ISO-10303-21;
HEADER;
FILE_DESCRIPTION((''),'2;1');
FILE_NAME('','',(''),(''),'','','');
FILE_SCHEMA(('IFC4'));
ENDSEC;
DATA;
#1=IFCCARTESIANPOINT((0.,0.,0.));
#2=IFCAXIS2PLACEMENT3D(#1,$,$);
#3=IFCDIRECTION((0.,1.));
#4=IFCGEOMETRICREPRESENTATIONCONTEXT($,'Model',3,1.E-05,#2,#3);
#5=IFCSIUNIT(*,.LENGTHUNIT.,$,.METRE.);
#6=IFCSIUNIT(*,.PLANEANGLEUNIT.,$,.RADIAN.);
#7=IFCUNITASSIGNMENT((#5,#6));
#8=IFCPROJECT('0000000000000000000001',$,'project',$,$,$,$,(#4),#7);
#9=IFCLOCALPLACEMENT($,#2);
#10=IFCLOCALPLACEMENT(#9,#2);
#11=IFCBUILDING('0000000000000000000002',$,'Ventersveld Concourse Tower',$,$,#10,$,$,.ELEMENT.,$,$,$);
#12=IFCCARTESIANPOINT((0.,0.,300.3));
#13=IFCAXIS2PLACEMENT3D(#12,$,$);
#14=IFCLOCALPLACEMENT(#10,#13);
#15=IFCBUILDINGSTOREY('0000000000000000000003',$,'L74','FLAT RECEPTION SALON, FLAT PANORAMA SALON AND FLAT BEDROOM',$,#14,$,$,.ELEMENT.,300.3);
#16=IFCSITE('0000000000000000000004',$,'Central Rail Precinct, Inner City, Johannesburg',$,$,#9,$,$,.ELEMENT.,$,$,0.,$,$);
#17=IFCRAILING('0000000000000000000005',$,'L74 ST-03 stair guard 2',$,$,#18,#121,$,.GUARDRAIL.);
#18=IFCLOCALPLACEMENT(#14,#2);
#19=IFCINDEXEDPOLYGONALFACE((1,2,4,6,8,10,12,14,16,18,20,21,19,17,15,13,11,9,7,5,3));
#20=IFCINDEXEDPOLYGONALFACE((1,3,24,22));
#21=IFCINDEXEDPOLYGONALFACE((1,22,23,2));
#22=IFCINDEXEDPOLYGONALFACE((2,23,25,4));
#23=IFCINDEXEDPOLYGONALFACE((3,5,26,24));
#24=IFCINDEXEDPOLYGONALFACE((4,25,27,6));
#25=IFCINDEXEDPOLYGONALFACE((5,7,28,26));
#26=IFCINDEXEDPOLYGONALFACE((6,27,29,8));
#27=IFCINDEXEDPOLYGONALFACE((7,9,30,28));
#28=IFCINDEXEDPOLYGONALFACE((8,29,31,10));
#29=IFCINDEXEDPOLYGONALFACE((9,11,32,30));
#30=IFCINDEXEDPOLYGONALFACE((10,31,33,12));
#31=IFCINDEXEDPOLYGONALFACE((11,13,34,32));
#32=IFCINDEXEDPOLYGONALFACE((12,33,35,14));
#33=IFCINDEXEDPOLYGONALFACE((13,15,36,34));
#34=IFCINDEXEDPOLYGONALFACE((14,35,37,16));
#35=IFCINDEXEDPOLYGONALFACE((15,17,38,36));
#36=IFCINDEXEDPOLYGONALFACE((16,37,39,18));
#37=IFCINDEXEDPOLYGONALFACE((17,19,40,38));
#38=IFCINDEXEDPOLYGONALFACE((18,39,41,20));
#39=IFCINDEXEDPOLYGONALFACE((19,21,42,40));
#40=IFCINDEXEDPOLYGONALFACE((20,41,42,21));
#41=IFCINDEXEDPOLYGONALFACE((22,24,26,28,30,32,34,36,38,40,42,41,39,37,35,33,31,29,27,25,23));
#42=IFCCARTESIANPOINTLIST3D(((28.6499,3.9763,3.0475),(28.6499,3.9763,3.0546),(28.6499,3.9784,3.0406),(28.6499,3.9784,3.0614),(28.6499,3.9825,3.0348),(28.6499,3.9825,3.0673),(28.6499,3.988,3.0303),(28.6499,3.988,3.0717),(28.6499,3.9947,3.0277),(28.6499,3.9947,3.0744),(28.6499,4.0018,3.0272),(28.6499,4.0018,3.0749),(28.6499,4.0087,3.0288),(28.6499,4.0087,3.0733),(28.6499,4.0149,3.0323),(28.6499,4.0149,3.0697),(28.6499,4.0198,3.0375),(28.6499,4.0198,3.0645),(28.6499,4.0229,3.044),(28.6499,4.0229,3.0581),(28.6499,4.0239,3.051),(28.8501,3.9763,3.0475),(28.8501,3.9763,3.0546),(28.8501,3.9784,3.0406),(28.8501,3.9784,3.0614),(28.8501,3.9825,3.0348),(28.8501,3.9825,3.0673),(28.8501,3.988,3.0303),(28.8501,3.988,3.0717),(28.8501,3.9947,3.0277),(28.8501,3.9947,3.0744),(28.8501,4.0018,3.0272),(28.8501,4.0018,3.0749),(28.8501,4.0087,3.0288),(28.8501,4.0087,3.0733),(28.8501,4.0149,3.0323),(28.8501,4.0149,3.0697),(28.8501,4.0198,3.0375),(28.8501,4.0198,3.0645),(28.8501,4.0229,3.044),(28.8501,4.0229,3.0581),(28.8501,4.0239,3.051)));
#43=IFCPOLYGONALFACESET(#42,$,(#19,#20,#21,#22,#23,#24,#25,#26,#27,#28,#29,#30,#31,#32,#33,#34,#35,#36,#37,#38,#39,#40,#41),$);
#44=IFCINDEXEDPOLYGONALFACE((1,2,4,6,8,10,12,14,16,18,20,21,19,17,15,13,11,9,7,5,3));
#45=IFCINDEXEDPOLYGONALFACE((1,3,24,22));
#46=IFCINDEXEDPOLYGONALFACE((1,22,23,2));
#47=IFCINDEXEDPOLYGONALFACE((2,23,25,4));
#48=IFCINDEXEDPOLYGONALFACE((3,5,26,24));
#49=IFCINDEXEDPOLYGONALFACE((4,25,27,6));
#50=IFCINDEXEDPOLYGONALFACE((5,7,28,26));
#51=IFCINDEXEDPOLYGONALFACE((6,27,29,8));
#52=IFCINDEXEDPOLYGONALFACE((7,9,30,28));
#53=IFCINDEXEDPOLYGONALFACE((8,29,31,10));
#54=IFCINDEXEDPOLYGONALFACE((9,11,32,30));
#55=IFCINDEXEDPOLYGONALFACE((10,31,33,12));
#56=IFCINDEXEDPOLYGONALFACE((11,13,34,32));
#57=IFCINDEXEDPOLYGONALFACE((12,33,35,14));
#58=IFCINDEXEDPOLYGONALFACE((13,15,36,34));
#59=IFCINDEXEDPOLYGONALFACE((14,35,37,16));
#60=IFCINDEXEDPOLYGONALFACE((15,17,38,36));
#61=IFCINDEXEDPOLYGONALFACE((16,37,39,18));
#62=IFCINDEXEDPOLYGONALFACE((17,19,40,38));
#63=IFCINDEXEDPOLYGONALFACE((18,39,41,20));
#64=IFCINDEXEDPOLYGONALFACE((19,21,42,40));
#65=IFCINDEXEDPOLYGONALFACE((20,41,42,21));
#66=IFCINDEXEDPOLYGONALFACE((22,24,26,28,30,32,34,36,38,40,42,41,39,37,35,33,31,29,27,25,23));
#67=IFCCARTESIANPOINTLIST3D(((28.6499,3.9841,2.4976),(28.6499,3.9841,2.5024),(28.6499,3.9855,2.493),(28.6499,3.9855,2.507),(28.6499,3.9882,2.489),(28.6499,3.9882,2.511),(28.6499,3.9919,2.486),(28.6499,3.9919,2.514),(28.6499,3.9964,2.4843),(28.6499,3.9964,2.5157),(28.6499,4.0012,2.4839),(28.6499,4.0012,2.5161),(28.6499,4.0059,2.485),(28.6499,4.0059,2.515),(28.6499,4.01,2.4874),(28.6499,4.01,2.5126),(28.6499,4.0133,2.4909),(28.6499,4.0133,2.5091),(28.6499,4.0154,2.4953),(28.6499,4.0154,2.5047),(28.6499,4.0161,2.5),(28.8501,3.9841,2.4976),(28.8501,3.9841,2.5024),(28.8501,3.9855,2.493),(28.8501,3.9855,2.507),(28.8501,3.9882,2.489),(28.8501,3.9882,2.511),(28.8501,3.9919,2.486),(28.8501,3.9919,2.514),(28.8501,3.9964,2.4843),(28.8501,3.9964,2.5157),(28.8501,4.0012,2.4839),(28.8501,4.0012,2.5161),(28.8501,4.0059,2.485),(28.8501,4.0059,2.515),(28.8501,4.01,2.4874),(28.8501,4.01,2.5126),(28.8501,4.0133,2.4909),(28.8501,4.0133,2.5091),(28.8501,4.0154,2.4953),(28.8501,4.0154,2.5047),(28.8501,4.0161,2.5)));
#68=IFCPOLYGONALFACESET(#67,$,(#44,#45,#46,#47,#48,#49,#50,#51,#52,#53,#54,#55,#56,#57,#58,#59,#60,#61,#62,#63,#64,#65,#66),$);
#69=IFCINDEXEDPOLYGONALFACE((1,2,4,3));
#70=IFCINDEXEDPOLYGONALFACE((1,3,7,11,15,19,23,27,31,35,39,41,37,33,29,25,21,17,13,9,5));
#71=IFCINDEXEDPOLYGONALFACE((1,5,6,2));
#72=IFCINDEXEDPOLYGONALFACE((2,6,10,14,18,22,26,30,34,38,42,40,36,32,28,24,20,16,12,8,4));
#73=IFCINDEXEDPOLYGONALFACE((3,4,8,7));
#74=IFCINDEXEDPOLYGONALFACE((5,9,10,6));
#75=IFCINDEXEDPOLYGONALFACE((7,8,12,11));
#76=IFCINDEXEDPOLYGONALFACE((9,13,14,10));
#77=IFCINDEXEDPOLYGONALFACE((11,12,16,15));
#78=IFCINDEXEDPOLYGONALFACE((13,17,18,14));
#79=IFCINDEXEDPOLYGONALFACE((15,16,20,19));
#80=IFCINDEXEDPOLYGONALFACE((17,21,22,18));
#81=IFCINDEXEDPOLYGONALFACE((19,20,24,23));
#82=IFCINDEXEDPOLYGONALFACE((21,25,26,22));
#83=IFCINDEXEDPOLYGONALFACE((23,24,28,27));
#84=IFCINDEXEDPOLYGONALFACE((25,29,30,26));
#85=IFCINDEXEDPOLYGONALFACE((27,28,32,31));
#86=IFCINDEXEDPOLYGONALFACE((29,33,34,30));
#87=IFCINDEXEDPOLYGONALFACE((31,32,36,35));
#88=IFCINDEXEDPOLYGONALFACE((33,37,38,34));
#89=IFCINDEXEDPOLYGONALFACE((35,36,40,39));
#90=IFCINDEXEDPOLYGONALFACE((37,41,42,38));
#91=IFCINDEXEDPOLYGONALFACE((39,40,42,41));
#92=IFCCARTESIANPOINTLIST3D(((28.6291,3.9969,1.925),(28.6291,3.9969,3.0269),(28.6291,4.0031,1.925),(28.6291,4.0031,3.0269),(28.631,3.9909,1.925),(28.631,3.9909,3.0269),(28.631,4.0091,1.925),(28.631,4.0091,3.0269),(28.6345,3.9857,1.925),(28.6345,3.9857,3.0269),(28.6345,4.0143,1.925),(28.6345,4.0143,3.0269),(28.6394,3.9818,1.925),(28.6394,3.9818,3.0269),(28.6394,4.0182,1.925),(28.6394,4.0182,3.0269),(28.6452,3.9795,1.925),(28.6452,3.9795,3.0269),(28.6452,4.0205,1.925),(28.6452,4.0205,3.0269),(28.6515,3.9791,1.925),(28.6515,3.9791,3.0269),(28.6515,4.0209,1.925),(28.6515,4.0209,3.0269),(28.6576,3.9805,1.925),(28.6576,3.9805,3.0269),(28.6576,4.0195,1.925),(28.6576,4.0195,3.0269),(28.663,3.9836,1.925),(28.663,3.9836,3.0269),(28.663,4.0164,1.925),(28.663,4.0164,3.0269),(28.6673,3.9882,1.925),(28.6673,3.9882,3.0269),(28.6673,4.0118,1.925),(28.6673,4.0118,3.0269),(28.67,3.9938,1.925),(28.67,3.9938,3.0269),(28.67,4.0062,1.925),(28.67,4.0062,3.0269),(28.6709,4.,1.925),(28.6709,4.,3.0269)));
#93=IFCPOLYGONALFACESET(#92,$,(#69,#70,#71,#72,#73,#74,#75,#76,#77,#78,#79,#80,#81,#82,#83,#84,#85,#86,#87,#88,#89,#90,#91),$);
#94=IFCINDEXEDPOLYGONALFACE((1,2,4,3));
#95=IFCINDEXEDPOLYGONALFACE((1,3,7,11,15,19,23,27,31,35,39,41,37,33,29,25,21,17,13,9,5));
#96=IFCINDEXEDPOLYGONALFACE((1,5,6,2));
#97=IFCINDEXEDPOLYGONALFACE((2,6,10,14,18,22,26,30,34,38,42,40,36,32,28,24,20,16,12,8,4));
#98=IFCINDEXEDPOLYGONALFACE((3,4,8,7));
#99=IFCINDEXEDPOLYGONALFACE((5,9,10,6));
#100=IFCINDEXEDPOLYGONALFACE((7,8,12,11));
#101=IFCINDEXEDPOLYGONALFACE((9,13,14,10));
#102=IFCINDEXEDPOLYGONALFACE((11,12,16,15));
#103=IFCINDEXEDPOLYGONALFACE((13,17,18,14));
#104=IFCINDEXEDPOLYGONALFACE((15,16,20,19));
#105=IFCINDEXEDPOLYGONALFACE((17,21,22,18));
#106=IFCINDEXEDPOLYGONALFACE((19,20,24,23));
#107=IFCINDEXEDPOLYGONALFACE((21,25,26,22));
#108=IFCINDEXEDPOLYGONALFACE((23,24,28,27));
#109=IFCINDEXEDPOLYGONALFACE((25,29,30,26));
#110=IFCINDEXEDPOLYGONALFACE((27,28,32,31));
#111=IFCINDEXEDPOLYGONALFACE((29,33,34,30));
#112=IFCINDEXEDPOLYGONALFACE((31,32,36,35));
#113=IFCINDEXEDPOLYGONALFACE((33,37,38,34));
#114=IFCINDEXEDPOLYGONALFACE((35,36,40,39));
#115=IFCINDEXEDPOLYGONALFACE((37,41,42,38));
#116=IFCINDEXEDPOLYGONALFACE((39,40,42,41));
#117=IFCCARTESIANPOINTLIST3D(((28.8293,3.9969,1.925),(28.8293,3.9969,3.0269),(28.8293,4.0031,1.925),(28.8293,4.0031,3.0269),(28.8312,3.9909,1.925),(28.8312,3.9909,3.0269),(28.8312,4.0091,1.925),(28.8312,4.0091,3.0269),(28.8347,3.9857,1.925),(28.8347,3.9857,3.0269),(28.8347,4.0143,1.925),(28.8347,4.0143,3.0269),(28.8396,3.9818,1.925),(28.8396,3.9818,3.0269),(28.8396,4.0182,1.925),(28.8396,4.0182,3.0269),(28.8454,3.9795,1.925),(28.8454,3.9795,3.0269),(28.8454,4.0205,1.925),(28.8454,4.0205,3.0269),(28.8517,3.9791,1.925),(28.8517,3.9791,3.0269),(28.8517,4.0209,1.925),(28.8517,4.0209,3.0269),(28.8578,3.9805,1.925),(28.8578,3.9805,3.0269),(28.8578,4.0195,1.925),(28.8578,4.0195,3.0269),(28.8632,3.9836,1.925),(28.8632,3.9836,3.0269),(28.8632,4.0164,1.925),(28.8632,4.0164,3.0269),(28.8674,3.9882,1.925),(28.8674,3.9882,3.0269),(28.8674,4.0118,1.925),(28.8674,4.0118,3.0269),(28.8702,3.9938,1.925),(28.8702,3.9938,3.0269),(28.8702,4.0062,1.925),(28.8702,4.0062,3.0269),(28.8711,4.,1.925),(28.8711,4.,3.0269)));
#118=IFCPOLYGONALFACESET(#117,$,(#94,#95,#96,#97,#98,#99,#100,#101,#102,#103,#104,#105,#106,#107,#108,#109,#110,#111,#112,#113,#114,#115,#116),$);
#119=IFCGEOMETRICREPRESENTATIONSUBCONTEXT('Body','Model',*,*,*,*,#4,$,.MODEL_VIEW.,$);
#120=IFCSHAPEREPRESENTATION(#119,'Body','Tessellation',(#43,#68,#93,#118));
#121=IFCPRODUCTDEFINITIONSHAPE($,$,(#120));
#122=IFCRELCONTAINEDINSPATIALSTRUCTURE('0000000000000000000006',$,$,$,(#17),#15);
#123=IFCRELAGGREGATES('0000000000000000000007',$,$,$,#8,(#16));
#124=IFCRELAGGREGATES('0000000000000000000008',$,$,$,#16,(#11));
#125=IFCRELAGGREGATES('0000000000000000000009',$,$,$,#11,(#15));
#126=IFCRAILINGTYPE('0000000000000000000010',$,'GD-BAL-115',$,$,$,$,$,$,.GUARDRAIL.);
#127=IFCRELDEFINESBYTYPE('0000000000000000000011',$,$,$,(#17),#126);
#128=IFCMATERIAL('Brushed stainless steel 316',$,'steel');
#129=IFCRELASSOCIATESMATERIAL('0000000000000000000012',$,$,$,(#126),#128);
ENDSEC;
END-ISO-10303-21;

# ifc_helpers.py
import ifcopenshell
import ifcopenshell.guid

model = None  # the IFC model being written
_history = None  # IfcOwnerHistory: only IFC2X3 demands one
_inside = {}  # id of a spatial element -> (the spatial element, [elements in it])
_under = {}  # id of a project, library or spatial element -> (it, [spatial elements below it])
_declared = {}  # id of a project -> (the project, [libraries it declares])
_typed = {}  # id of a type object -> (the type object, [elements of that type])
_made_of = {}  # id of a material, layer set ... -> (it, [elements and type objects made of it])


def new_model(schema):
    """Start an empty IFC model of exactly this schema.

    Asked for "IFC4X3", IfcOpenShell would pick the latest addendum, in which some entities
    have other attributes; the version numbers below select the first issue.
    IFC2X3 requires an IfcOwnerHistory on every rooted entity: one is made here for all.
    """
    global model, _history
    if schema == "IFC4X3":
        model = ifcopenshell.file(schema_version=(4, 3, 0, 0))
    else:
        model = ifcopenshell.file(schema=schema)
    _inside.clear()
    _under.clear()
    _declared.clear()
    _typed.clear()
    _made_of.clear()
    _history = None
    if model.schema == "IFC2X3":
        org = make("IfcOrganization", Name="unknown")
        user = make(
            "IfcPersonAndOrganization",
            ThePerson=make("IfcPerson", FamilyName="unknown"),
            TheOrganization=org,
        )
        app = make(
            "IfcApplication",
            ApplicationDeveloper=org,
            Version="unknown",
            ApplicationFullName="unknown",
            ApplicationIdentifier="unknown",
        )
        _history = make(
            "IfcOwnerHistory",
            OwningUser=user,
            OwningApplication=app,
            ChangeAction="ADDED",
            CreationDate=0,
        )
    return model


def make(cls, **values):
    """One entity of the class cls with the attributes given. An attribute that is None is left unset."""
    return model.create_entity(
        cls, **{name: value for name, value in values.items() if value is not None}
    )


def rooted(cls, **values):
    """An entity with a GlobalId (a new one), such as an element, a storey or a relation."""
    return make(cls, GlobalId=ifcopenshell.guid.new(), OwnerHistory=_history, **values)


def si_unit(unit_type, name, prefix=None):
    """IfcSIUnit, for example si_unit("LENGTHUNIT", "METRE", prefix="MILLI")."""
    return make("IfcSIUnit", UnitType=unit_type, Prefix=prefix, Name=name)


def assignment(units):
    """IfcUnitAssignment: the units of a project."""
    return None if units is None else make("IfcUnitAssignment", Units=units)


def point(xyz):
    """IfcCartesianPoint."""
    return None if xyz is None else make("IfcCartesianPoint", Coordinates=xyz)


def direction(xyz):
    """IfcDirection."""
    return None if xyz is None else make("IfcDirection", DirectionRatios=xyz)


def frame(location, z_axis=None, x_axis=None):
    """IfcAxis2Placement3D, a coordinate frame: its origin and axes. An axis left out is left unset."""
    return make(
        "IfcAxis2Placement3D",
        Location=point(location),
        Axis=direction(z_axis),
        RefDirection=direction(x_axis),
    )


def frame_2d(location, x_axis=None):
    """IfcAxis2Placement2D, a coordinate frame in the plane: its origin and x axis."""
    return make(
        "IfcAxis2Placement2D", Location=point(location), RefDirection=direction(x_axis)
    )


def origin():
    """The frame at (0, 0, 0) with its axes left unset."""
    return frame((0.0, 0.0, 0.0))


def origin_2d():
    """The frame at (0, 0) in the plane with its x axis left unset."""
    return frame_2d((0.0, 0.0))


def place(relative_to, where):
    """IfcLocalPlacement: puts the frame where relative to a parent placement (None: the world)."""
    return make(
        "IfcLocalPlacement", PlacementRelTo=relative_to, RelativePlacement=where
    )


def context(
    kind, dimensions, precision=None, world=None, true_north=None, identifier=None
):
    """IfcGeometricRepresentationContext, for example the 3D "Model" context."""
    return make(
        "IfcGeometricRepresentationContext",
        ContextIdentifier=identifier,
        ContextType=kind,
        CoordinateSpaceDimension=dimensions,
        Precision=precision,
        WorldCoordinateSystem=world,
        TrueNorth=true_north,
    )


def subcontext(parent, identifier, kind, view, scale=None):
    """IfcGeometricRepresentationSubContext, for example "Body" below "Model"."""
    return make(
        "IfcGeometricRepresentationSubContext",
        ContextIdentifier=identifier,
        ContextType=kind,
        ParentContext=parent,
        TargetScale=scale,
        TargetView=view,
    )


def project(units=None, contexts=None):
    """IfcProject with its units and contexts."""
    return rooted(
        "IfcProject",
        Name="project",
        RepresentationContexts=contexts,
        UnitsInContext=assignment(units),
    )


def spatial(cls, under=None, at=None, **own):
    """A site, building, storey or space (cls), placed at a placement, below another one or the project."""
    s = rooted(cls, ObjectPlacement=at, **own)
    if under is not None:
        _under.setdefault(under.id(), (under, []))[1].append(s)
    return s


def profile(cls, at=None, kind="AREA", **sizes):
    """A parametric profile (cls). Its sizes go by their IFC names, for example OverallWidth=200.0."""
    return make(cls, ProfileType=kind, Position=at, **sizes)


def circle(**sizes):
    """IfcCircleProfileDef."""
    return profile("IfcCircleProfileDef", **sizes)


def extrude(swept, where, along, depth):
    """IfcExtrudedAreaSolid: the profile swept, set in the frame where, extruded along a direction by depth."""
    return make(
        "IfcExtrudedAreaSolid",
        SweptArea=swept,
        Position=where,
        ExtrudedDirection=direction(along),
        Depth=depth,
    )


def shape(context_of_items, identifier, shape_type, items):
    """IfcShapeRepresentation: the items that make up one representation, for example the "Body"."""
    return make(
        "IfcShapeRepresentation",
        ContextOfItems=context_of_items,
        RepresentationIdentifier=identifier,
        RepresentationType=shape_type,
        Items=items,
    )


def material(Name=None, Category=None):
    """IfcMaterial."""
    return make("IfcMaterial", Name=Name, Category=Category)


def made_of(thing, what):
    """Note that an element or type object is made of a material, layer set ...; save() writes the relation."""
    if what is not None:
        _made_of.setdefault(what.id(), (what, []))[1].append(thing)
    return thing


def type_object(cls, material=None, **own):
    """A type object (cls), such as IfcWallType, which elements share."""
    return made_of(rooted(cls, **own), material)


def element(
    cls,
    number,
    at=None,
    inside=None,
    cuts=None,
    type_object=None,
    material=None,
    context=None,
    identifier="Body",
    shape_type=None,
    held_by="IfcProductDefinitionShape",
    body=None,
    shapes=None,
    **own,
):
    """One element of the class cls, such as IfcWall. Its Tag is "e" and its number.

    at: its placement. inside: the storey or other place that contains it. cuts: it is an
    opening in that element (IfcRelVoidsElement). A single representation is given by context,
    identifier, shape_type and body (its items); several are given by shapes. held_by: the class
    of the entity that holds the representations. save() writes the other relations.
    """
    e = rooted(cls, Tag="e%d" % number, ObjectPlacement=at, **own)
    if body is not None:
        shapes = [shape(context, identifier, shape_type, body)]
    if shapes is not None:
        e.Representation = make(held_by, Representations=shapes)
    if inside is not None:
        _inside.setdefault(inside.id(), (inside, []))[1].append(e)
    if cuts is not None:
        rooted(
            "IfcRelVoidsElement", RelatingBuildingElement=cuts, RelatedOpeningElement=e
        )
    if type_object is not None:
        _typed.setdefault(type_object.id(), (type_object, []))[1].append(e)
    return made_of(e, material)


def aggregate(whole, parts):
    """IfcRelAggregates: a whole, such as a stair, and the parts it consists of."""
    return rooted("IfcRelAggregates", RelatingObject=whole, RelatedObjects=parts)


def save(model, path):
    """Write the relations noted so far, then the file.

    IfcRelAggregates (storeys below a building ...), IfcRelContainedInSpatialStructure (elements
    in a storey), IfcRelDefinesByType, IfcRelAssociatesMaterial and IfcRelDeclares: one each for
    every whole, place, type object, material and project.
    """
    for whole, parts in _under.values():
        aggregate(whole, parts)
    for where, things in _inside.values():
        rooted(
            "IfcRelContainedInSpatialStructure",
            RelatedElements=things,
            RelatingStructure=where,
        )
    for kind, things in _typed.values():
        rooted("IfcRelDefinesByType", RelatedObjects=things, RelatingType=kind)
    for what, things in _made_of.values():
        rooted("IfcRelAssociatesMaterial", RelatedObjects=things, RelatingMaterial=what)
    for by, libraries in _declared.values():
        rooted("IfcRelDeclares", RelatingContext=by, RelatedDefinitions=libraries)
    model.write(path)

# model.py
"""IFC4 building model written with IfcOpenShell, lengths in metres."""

from ifc_helpers import new_model, si_unit, direction, frame, origin, origin_2d, place, context, subcontext, project, spatial, circle, extrude, material, type_object, element, save


model = new_model("IFC4")

# Units and contexts
model_context = context("Model", 3, precision=1e-05, world=origin(), true_north=direction((0.0, 1.0)))
body_context = subcontext(model_context, "Body", "Model", "MODEL_VIEW")
ifc_project = project(units=[si_unit("LENGTHUNIT", "METRE"), si_unit("PLANEANGLEUNIT", "RADIAN")], contexts=[model_context])

# Site, building, storey
site_placement = place(None, origin())
site = spatial("IfcSite", under=ifc_project, at=site_placement, Name="Central Rail Precinct, Inner City, Johannesburg", CompositionType="ELEMENT", RefElevation=0.0)
building_placement = place(site_placement, origin())
building = spatial("IfcBuilding", under=site, at=building_placement, Name="Ventersveld Concourse Tower", CompositionType="ELEMENT")
storey_placement = place(building_placement, frame((0.0, 0.0, 300.3)))
storey = spatial("IfcBuildingStorey", under=building, at=storey_placement, Name="L74", Description="FLAT RECEPTION SALON, FLAT PANORAMA SALON AND FLAT BEDROOM", CompositionType="ELEMENT", Elevation=300.3)

# Shared definitions
ifc_material_1 = material(Name="Brushed stainless steel 316", Category="steel")

# Railing
railing_type_1 = type_object("IfcRailingType", Name="GD-BAL-115", PredefinedType="GUARDRAIL", material=ifc_material_1)
railing_1_placement = place(storey_placement, frame((28.6499, 4.0, 1.925)))
element("IfcRailing", 1, at=railing_1_placement, inside=storey, type_object=railing_type_1, Name="L74 ST-03 stair guard 2", PredefinedType="GUARDRAIL", context=body_context, shape_type="SweptSolid", body=[
    extrude(circle(Radius=0.0239, at=origin_2d()), frame((0.0, 0.0, 1.126), z_axis=(1.0, 0.0, 0.0), x_axis=(0.0, 1.0, 0.0)), (0.0, 0.0, 1.0), 0.2002),
    extrude(circle(Radius=0.0161, at=origin_2d()), frame((0.0, 0.0, 0.575), z_axis=(1.0, 0.0, 0.0), x_axis=(0.0, 1.0, 0.0)), (0.0, 0.0, 1.0), 0.2002),
    extrude(circle(Radius=0.021, at=origin_2d()), origin(), (0.0, 0.0, 1.0), 1.1018),
    extrude(circle(Radius=0.021, at=origin_2d()), frame((0.2002, 0.0, 0.0)), (0.0, 0.0, 1.0), 1.1018),
])

save(model, "model.ifc")
